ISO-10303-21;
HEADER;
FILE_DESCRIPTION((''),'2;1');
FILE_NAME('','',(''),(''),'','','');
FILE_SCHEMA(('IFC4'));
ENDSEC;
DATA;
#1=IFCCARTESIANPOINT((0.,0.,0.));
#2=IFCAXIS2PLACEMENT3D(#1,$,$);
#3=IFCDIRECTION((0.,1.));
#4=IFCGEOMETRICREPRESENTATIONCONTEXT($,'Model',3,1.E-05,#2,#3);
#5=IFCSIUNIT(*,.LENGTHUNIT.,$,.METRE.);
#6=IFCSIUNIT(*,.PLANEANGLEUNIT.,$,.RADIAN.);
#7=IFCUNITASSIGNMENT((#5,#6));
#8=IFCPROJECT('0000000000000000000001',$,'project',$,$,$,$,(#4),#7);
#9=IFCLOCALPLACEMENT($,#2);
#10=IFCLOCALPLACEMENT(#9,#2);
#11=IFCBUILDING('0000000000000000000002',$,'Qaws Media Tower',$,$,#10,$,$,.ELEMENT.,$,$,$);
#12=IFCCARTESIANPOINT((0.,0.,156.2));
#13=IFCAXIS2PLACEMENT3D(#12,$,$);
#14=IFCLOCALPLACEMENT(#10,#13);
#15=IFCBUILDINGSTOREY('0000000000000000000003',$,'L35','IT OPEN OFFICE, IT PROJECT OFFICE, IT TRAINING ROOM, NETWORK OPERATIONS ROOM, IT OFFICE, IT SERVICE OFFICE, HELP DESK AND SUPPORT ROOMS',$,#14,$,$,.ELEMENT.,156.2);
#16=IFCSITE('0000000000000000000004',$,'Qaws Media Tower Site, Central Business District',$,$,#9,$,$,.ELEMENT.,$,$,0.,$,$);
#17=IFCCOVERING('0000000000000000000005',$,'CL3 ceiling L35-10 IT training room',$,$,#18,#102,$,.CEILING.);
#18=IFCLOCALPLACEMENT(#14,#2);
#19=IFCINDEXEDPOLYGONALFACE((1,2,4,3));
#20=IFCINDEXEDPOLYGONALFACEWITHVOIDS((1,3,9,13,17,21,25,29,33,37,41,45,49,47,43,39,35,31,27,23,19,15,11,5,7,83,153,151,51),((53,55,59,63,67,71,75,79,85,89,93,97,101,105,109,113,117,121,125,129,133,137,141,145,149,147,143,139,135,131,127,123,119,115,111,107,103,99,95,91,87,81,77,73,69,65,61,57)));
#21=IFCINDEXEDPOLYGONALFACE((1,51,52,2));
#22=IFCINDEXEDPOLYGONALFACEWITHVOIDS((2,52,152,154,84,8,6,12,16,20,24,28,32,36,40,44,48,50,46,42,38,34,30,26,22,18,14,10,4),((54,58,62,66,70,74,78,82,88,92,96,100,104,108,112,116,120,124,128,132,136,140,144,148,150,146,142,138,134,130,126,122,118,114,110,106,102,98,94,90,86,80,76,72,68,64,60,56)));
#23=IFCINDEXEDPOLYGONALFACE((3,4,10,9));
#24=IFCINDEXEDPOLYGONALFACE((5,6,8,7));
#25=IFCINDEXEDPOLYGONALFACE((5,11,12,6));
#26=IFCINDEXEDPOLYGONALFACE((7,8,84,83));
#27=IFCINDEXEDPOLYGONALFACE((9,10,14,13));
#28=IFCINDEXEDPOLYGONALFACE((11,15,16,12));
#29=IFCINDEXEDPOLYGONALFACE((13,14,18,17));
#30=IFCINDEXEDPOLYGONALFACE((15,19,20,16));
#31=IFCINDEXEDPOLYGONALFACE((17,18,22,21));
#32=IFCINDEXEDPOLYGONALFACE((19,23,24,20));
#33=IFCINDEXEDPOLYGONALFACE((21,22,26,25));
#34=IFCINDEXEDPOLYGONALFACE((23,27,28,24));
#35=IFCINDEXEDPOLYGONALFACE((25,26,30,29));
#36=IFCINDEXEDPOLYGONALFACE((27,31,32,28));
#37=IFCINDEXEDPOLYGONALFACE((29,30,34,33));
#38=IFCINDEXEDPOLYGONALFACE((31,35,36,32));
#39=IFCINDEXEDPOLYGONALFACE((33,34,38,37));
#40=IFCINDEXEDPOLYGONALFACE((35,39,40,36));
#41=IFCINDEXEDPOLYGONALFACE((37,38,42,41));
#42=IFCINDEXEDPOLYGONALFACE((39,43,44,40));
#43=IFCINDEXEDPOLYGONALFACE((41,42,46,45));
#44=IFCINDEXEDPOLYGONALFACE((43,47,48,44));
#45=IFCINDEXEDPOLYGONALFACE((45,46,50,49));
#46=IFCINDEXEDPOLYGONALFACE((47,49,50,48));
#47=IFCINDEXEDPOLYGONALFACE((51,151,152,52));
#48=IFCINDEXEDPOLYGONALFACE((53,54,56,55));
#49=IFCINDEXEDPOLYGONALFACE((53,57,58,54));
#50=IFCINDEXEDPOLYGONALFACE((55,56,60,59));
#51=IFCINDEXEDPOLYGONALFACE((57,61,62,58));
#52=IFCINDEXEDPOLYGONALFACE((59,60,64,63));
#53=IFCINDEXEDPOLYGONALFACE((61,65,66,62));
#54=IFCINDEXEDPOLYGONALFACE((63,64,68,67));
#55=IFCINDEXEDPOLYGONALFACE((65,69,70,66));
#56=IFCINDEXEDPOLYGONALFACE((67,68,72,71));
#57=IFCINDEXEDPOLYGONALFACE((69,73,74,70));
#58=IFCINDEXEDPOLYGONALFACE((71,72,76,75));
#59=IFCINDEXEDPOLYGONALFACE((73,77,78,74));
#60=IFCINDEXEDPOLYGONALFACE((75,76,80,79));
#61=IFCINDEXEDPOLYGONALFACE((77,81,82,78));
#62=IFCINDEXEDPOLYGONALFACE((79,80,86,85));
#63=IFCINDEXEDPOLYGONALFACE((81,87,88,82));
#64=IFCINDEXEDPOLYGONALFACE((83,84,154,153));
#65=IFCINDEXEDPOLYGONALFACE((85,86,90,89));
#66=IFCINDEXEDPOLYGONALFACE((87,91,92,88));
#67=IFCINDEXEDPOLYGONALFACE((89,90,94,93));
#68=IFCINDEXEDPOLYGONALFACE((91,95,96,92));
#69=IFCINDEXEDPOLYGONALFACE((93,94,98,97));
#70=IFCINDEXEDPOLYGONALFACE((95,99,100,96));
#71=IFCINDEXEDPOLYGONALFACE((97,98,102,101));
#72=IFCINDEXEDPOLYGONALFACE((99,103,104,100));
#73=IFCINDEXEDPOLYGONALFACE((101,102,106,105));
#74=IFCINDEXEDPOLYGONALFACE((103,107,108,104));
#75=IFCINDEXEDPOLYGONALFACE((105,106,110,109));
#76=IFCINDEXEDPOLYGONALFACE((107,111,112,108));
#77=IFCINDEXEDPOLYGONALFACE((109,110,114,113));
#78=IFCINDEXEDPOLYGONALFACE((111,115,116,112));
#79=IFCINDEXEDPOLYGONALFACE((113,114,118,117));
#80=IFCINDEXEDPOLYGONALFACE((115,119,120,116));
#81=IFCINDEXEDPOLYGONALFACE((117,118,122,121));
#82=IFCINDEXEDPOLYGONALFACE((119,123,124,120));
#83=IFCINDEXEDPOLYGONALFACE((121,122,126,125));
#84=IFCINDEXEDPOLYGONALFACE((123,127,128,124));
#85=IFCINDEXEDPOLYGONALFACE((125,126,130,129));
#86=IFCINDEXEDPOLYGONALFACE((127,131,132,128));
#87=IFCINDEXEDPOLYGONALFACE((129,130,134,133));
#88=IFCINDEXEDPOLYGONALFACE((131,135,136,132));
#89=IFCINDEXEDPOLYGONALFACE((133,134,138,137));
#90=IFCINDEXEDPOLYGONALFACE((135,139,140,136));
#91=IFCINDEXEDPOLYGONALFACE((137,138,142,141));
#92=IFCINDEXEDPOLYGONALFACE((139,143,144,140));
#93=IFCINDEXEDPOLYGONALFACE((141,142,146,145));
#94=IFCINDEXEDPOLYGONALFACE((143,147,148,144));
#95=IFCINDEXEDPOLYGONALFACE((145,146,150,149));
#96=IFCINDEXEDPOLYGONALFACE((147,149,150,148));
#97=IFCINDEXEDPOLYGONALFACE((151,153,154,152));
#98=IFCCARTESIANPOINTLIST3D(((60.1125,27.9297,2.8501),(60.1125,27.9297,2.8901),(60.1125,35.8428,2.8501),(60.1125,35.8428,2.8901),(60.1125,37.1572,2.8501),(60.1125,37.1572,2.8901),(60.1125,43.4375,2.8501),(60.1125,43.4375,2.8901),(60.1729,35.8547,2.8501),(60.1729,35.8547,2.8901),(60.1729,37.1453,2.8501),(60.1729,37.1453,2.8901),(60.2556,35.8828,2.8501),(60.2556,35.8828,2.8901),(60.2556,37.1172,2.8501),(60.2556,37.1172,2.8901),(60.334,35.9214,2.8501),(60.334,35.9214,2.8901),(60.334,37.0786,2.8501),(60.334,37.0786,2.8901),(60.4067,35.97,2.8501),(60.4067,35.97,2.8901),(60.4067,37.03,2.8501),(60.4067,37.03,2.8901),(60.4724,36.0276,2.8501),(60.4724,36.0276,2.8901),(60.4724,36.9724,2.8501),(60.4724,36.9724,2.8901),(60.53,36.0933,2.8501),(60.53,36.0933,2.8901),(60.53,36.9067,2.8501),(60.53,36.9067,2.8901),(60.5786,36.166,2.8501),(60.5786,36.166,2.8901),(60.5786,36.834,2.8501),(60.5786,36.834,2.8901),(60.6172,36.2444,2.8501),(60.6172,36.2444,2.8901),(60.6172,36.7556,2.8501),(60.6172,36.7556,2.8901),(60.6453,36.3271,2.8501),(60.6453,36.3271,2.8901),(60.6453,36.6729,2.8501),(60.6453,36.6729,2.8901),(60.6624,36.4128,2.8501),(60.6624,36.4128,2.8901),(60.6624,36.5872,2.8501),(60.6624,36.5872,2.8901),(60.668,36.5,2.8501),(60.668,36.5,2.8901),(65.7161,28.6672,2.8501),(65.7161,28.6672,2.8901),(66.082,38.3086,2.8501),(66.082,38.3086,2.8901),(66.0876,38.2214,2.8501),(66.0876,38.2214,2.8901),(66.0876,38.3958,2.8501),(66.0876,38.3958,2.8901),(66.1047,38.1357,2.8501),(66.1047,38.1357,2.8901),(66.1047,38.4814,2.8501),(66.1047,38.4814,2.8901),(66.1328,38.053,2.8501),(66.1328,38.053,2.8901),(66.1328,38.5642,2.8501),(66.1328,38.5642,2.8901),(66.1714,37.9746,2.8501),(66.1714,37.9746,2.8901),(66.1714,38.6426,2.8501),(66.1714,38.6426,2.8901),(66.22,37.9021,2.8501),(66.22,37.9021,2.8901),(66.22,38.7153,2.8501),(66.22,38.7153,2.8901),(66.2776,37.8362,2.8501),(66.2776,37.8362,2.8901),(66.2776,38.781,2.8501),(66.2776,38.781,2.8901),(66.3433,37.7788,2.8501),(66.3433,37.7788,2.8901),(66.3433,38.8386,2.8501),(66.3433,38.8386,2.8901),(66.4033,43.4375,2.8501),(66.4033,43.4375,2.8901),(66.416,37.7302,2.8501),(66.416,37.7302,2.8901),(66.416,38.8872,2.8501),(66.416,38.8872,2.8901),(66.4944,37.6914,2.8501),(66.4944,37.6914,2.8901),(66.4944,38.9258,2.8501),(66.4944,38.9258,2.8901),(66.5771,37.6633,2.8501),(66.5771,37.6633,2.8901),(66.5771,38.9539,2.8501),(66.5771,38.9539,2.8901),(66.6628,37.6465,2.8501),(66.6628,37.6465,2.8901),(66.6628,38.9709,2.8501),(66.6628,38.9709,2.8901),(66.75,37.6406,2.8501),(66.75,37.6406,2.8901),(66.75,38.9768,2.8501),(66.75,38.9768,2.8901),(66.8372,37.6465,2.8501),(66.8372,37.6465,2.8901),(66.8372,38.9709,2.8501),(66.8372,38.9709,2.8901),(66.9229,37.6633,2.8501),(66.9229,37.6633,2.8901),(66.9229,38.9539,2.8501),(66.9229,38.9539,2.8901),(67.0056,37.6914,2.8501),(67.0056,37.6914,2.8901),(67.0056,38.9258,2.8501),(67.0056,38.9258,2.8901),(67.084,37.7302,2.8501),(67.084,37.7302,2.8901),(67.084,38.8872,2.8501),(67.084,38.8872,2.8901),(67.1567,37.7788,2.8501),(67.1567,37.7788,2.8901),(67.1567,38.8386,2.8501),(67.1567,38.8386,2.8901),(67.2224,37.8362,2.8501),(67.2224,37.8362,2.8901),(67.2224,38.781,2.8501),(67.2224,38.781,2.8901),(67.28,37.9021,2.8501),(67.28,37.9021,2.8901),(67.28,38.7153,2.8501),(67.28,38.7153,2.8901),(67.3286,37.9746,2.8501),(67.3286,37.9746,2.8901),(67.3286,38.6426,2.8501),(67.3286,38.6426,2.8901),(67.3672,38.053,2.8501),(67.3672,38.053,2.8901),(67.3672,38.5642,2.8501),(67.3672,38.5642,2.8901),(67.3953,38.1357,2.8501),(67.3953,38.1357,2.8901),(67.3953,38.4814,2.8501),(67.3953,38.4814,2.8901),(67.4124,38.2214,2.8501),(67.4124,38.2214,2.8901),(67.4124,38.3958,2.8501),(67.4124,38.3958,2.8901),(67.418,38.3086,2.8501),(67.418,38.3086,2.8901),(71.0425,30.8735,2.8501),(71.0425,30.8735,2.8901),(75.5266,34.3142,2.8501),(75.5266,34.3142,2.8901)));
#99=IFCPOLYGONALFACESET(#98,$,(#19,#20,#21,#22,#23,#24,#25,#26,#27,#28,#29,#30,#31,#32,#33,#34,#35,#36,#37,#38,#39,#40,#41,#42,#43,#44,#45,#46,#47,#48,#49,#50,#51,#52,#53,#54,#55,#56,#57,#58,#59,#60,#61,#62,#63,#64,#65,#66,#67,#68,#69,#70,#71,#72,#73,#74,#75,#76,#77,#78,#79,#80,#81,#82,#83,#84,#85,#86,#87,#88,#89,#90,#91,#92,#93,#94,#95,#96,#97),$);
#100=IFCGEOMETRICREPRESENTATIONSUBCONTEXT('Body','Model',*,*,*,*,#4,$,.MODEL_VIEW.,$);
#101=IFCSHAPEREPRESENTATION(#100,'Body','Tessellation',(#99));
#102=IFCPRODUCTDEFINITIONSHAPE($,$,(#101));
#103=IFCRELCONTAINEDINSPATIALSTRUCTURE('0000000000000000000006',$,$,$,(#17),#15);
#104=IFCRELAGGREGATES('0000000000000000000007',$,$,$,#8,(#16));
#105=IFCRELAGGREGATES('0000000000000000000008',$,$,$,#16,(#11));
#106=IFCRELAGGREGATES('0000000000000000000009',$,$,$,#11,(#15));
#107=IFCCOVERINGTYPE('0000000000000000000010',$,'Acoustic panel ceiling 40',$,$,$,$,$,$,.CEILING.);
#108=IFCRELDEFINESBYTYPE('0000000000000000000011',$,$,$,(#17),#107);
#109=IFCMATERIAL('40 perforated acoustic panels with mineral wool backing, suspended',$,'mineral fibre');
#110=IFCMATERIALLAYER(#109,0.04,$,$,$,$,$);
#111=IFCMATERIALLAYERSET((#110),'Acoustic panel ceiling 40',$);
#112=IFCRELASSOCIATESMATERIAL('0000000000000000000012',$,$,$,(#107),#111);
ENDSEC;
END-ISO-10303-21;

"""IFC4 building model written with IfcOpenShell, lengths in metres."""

from ifc_helpers import new_model, si_unit, direction, frame, origin, place, context, subcontext, project, spatial, polyline, outline, extrude, material, layer, layer_set, type_object, element, save


model = new_model("IFC4")

# Units and contexts
model_context = context("Model", 3, precision=1e-05, world=origin(), true_north=direction((0.0, 1.0)))
body_context = subcontext(model_context, "Body", "Model", "MODEL_VIEW")
ifc_project = project(units=[si_unit("LENGTHUNIT", "METRE"), si_unit("PLANEANGLEUNIT", "RADIAN")], contexts=[model_context])

# Site, building, storey
site_placement = place(None, origin())
site = spatial("IfcSite", under=ifc_project, at=site_placement, Name="Qaws Media Tower Site, Central Business District", CompositionType="ELEMENT", RefElevation=0.0)
building_placement = place(site_placement, origin())
building = spatial("IfcBuilding", under=site, at=building_placement, Name="Qaws Media Tower", CompositionType="ELEMENT")
storey_placement = place(building_placement, frame((0.0, 0.0, 156.2)))
storey = spatial("IfcBuildingStorey", under=building, at=storey_placement, Name="L35", Description="IT OPEN OFFICE, IT PROJECT OFFICE, IT TRAINING ROOM, NETWORK OPERATIONS ROOM, IT OFFICE, IT SERVICE OFFICE, HELP DESK AND SUPPORT ROOMS", CompositionType="ELEMENT", Elevation=156.2)

# Covering
ifc_material_1 = material(Name="40 perforated acoustic panels with mineral wool backing, suspended", Category="mineral fibre")
ifc_layer_1 = layer(ifc_material_1, 0.04)
ifc_layer_set_1 = layer_set([ifc_layer_1], Name="Acoustic panel ceiling 40")
covering_type_1 = type_object("IfcCoveringType", Name="Acoustic panel ceiling 40", PredefinedType="CEILING", material=ifc_layer_set_1)
covering_1_placement = place(storey_placement, frame((0.0, 0.0, 2.8501)))
element("IfcCovering", 1, at=covering_1_placement, inside=storey, type_object=covering_type_1, Name="CL3 ceiling L35-10 IT training room", PredefinedType="CEILING", context=body_context, shape_type="SweptSolid", body=[
    extrude(outline(polyline([(71.0425, 30.8735), (65.7161, 28.6672), (60.1125, 27.9297), (60.1125, 35.8428), (60.1729, 35.8547), (60.2556, 35.8828), (60.334, 35.9214), (60.4067, 35.97), (60.4724, 36.0276), (60.53, 36.0933), (60.5786, 36.166), (60.6172, 36.2444), (60.6453, 36.3271), (60.6624, 36.4128), (60.668, 36.5), (60.6624, 36.5872), (60.6453, 36.6729), (60.6172, 36.7556), (60.5786, 36.834), (60.53, 36.9067), (60.4724, 36.9724), (60.4067, 37.03), (60.334, 37.0786), (60.2556, 37.1172), (60.1729, 37.1453), (60.1125, 37.1572), (60.1125, 43.4375), (66.4033, 43.4375), (75.5266, 34.3142), (71.0425, 30.8735)]), holes=[polyline([(67.3672, 38.053), (67.3953, 38.1357), (67.4124, 38.2214), (67.418, 38.3086), (67.4124, 38.3958), (67.3953, 38.4814), (67.3672, 38.5642), (67.3286, 38.6426), (67.28, 38.7153), (67.2224, 38.781), (67.1567, 38.8386), (67.084, 38.8872), (67.0056, 38.9258), (66.9229, 38.9539), (66.8372, 38.9709), (66.75, 38.9768), (66.6628, 38.9709), (66.5771, 38.9539), (66.4944, 38.9258), (66.416, 38.8872), (66.3433, 38.8386), (66.2776, 38.781), (66.22, 38.7153), (66.1714, 38.6426), (66.1328, 38.5642), (66.1047, 38.4814), (66.0876, 38.3958), (66.082, 38.3086), (66.0876, 38.2214), (66.1047, 38.1357), (66.1328, 38.053), (66.1714, 37.9746), (66.22, 37.9021), (66.2776, 37.8362), (66.3433, 37.7788), (66.416, 37.7302), (66.4944, 37.6914), (66.5771, 37.6633), (66.6628, 37.6465), (66.75, 37.6406), (66.8372, 37.6465), (66.9229, 37.6633), (67.0056, 37.6914), (67.084, 37.7302), (67.1567, 37.7788), (67.2224, 37.8362), (67.28, 37.9021), (67.3286, 37.9746), (67.3672, 38.053)])]), origin(), (0.0, 0.0, 1.0), 0.04),
])

save(model, "model.ifc")
